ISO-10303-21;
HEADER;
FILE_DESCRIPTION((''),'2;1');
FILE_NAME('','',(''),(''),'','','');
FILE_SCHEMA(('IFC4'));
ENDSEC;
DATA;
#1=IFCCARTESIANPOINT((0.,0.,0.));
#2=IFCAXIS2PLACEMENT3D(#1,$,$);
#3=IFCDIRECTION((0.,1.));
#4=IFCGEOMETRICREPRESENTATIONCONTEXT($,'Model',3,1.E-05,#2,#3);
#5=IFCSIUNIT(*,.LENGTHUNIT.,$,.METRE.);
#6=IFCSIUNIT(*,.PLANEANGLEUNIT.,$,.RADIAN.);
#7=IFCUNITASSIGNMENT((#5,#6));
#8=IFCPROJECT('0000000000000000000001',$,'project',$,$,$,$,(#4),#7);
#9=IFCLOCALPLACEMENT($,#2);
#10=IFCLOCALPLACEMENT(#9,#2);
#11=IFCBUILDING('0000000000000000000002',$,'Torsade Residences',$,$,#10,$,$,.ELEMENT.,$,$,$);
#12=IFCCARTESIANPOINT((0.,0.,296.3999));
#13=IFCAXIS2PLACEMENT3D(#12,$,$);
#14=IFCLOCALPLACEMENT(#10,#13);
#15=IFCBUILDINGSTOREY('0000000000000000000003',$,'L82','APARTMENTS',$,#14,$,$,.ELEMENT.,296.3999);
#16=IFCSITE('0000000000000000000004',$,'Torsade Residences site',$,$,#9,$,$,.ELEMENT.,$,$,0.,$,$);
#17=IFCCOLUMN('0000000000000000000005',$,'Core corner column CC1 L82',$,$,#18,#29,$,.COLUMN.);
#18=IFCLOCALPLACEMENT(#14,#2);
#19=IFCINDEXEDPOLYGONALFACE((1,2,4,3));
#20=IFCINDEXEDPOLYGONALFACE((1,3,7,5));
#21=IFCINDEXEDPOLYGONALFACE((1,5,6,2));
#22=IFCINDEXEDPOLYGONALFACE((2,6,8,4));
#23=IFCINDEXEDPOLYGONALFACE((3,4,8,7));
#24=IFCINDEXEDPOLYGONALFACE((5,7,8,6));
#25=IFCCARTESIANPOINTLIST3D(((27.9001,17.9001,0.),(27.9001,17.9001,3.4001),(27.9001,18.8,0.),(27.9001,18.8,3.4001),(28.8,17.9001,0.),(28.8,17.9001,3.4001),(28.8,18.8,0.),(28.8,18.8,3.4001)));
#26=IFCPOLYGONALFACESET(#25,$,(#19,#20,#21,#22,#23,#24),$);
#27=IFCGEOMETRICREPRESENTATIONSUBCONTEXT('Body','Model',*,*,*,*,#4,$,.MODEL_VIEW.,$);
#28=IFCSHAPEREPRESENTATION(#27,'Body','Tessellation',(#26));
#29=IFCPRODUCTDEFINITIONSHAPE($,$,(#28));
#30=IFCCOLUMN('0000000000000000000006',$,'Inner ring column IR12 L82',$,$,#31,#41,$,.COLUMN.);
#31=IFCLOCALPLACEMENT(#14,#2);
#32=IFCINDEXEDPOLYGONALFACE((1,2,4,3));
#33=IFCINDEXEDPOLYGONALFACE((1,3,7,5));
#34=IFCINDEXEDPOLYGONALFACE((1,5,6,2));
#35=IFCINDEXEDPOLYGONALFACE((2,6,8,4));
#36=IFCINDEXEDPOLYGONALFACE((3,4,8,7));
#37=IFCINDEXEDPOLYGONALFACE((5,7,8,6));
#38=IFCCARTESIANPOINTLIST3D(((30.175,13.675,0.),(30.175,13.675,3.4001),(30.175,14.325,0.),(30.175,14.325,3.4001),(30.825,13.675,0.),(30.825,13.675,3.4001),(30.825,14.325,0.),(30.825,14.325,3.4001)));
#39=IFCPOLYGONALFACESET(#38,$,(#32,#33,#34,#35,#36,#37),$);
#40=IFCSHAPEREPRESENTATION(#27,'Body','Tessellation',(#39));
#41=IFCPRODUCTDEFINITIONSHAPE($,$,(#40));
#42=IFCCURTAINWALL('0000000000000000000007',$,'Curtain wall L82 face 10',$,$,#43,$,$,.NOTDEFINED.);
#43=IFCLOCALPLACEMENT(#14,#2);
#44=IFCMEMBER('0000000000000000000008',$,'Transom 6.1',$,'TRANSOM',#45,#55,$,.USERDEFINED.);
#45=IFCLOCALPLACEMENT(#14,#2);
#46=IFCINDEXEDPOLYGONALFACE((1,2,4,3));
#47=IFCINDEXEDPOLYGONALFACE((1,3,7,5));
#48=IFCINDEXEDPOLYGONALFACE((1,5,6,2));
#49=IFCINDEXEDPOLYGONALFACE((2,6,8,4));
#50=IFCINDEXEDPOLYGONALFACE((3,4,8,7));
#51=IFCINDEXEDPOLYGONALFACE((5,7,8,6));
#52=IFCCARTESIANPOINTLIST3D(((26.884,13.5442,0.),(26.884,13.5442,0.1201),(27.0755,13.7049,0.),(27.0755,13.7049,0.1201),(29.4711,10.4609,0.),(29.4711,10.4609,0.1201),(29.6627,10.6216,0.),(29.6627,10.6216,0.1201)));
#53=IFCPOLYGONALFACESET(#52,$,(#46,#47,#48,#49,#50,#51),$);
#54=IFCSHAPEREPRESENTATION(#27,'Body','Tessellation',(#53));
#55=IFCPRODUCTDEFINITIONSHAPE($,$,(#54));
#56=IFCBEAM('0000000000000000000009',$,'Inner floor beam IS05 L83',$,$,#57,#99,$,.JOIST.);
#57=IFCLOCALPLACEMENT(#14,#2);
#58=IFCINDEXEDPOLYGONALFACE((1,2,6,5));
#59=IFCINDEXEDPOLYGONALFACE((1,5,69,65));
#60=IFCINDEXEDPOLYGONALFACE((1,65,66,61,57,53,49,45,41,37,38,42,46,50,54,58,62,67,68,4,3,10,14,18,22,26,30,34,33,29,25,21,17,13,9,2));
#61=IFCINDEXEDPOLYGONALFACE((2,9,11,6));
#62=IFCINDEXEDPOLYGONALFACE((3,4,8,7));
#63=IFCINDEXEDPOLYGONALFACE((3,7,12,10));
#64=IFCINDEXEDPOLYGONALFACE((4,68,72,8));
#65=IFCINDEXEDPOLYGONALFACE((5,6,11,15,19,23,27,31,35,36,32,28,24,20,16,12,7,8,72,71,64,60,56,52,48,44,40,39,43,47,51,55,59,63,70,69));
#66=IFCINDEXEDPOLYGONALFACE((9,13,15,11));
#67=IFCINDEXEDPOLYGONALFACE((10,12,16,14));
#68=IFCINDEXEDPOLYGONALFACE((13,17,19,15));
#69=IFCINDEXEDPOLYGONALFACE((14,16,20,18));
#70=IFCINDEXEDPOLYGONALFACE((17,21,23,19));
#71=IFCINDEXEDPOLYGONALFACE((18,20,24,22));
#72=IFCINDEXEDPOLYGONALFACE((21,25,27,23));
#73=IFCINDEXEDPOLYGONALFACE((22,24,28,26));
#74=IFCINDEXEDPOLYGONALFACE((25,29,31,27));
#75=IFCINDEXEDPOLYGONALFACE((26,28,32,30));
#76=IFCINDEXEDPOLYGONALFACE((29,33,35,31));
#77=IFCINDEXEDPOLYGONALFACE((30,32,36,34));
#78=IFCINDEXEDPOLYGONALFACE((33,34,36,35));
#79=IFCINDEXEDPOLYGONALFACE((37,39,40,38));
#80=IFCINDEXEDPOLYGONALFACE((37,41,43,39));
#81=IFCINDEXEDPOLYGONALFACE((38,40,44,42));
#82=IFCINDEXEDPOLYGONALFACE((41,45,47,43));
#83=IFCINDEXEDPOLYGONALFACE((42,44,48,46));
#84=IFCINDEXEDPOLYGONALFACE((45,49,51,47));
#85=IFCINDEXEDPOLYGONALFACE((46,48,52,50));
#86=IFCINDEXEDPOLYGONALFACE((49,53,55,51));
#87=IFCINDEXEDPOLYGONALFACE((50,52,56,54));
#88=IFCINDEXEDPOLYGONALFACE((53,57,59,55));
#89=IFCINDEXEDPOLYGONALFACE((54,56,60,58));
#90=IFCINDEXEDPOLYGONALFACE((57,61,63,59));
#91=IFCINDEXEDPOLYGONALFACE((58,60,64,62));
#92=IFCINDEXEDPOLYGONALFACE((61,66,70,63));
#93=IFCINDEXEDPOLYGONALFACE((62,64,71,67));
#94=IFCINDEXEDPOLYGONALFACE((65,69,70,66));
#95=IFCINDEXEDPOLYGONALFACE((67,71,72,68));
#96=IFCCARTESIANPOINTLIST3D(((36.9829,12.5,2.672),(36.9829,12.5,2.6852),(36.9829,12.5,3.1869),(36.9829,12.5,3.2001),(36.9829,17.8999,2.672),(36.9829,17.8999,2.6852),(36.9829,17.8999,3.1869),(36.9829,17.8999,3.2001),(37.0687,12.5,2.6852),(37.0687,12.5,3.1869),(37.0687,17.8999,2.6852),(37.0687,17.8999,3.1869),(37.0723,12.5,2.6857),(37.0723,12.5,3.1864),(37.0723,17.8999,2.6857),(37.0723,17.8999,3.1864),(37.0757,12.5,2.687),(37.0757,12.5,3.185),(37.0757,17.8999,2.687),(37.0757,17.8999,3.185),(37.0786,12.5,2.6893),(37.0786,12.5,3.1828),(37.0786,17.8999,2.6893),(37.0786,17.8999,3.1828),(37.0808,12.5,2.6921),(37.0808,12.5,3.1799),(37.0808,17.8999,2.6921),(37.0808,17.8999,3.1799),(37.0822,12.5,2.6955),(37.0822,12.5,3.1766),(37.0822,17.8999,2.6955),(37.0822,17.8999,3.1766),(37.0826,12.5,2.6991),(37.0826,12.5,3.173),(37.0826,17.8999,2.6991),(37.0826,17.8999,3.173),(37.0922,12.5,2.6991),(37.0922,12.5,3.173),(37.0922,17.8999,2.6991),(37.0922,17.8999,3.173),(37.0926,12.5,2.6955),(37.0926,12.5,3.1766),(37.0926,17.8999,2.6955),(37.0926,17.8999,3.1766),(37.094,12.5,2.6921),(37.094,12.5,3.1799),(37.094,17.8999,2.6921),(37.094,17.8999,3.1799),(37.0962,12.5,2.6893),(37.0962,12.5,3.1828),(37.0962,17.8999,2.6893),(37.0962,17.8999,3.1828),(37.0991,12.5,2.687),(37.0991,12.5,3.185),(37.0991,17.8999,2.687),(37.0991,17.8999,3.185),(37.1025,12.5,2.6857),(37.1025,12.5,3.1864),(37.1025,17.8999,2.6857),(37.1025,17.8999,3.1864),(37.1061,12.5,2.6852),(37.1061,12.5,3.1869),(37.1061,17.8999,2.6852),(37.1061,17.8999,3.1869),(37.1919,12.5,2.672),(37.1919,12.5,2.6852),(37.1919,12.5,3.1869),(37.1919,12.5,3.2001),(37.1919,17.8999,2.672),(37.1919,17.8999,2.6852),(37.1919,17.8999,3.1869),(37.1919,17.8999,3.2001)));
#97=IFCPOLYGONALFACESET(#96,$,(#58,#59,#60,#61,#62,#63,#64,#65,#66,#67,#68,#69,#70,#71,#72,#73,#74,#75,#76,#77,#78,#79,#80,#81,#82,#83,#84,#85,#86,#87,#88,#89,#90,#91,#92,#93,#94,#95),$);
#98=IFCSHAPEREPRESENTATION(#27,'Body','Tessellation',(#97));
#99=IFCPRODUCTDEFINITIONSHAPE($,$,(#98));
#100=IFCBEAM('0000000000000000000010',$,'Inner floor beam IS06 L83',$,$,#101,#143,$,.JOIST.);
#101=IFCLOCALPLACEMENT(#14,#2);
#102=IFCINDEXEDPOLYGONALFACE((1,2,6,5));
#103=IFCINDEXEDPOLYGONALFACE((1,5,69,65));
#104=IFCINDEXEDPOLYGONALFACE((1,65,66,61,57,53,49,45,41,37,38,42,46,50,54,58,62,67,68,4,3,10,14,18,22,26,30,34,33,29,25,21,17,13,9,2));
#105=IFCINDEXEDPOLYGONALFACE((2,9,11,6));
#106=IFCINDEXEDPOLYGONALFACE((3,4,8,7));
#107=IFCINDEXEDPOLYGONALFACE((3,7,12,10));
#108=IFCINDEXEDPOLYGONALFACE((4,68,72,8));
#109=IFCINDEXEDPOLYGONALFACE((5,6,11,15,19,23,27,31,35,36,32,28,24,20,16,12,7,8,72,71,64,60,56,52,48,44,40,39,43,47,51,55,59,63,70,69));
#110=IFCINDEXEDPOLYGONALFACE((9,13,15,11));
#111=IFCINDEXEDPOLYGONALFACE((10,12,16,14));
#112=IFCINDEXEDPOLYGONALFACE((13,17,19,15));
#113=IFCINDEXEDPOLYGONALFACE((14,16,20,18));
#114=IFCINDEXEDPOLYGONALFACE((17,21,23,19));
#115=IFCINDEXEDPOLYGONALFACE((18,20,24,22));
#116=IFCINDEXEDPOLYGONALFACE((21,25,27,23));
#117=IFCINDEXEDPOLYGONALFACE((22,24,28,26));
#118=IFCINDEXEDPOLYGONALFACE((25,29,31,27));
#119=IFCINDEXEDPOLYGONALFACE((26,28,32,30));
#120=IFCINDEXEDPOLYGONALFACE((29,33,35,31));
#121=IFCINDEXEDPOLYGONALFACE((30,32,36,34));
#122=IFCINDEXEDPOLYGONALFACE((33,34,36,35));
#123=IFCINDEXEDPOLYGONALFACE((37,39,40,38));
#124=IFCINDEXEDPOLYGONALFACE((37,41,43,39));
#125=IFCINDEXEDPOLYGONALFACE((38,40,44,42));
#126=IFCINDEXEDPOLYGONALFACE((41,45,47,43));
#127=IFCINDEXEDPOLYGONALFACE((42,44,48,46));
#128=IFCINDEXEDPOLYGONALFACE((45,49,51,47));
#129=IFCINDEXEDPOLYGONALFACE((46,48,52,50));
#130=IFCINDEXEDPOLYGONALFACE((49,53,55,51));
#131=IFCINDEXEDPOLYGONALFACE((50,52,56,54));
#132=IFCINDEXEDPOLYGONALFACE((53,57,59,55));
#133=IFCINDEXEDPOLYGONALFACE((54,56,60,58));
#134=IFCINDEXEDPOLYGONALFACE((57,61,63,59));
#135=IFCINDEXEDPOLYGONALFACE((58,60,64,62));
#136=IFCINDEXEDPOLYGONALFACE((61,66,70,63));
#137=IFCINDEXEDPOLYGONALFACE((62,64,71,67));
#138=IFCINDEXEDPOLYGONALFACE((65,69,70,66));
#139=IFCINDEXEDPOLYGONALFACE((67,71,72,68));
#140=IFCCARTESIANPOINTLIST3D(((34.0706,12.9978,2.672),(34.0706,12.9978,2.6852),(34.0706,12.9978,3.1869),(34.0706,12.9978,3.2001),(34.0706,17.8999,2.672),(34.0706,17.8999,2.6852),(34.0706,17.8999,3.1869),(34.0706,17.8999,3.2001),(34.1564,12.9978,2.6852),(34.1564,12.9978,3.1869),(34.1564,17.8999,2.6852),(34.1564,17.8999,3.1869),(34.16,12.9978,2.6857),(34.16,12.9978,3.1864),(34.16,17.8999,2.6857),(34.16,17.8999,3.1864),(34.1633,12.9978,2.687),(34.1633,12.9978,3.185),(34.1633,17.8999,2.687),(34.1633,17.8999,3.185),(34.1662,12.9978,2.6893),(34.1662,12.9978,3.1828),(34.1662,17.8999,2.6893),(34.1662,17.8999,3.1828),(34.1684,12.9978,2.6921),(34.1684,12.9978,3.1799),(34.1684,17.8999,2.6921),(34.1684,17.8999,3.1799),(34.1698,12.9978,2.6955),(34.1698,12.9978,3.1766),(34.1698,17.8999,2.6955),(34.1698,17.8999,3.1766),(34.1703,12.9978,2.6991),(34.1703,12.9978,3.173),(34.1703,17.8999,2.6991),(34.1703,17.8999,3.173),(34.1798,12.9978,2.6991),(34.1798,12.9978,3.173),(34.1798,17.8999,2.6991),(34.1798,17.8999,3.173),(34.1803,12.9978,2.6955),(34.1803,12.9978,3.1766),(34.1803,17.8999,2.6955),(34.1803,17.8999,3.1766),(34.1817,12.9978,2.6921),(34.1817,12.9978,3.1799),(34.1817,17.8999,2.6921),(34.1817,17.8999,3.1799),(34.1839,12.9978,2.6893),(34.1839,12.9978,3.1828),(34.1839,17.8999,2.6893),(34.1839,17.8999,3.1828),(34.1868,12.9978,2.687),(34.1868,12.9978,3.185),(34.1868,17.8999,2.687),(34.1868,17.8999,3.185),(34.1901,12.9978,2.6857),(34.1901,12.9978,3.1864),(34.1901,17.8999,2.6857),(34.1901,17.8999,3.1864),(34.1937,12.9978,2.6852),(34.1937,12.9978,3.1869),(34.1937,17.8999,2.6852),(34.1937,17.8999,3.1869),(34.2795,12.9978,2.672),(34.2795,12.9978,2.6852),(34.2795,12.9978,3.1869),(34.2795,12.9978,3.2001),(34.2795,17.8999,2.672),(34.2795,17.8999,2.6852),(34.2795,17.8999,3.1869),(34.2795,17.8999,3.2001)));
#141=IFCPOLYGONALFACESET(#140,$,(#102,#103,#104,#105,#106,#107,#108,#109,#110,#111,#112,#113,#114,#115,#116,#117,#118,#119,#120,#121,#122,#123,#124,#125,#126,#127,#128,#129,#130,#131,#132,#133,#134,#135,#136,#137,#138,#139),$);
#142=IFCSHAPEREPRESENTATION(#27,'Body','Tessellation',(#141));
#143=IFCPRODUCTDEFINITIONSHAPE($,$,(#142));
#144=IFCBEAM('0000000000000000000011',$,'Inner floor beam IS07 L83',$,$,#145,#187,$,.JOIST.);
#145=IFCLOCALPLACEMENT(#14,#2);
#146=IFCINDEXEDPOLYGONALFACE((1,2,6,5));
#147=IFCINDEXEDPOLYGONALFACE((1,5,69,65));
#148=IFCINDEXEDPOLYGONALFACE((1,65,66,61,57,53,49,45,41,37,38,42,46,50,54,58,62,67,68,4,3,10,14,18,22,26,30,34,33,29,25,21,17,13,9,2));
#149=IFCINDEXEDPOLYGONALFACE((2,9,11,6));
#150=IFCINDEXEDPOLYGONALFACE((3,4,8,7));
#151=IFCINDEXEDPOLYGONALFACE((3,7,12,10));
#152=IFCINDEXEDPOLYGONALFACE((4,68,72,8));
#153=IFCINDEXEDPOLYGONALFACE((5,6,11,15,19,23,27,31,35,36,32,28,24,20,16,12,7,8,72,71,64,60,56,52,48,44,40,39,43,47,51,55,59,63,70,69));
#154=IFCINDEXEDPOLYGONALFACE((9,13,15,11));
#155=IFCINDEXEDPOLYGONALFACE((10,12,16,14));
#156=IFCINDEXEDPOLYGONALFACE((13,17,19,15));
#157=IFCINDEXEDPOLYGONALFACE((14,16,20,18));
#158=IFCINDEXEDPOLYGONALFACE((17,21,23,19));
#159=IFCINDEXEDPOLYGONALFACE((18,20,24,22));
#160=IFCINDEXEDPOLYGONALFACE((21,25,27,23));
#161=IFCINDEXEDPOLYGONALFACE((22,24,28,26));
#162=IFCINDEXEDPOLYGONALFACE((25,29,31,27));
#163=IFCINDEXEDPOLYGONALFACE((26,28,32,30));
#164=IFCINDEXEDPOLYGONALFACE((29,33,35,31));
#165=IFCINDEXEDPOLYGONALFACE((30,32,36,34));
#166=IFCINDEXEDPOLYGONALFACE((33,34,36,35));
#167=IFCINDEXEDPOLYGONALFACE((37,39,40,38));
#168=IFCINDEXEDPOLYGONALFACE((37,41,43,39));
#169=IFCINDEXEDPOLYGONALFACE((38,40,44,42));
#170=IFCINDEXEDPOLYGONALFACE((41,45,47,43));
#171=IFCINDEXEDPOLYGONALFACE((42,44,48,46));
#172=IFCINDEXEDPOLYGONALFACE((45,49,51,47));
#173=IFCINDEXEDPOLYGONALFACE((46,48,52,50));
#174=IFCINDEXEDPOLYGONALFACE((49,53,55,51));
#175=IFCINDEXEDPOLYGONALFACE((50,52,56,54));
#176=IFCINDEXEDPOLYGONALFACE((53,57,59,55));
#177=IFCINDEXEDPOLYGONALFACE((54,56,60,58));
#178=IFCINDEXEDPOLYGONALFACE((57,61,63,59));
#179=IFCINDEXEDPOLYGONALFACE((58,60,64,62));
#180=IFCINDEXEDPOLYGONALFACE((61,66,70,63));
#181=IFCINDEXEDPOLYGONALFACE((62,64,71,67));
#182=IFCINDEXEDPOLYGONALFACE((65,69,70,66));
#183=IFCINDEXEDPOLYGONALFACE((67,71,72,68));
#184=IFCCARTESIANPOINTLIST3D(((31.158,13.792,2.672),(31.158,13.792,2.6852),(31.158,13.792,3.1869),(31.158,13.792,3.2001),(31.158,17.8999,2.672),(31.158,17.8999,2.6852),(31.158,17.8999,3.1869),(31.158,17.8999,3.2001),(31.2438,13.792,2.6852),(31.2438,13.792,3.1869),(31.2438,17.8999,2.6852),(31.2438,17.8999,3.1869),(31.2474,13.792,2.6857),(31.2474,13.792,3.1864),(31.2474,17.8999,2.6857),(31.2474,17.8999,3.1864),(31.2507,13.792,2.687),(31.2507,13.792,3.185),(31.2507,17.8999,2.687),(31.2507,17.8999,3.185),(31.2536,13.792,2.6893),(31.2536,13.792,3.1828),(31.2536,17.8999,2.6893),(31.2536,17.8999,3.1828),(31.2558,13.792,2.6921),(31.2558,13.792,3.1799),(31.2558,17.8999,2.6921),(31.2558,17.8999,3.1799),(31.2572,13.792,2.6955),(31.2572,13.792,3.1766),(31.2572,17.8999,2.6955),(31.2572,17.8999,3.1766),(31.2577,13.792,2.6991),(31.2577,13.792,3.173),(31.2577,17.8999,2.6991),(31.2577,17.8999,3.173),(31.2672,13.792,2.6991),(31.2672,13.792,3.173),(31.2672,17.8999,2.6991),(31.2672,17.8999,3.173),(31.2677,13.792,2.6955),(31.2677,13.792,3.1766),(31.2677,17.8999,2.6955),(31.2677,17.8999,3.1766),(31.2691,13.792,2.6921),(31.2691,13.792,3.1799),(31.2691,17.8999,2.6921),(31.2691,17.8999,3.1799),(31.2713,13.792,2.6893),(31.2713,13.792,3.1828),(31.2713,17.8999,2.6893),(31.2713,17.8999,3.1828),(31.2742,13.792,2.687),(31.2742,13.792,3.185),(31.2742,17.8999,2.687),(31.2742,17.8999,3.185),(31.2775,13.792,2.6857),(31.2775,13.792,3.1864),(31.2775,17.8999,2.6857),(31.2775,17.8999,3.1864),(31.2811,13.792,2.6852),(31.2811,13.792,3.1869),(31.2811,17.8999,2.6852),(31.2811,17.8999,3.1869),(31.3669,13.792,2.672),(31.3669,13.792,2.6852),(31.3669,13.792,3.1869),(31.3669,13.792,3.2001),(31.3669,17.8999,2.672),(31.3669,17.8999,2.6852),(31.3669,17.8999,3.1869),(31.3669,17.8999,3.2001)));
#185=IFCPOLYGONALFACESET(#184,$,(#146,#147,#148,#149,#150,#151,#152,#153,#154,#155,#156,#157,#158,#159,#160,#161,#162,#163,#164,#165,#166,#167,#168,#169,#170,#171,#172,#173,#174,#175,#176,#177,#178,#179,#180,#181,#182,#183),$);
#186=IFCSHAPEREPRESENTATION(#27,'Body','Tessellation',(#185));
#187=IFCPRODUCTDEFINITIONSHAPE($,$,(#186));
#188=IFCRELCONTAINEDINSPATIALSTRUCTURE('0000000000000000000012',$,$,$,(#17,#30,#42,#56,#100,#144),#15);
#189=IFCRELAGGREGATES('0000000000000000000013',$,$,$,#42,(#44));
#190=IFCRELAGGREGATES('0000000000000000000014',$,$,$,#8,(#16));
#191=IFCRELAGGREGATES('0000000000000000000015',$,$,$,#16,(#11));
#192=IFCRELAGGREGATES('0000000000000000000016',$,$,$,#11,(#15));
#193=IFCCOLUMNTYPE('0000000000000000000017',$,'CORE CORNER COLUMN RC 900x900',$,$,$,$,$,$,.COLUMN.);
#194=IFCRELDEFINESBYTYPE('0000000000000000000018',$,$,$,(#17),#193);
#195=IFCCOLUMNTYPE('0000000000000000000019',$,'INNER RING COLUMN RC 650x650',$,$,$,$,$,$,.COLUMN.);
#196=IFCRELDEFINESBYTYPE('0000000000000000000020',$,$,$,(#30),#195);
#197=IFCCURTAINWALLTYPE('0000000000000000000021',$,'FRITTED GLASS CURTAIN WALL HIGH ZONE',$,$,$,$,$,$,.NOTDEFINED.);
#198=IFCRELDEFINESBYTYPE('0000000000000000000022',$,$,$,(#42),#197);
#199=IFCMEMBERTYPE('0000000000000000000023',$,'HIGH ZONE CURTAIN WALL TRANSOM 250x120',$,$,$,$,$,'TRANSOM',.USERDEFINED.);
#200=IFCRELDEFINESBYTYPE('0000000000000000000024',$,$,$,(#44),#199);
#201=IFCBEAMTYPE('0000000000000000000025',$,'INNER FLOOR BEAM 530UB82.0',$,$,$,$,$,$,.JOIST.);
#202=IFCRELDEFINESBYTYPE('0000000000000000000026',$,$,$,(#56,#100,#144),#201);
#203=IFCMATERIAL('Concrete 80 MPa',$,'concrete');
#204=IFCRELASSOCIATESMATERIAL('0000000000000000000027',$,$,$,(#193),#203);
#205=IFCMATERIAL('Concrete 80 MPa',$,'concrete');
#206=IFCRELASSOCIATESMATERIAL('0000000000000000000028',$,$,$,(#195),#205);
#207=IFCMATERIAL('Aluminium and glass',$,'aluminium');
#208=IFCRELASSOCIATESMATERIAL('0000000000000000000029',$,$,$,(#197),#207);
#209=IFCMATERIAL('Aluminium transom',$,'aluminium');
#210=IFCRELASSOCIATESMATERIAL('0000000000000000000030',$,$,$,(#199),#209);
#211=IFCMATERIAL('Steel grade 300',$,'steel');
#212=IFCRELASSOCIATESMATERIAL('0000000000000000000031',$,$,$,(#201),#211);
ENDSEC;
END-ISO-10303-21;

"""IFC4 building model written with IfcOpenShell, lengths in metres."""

from ifc_helpers import new_model, si_unit, direction, frame, origin, origin_2d, place, context, subcontext, project, spatial, rectangle, i_section, extrude, material, material_profile, profile_set, type_object, element, aggregate, save


model = new_model("IFC4")

# Units and contexts
model_context = context("Model", 3, precision=1e-05, world=origin(), true_north=direction((0.0, 1.0)))
body_context = subcontext(model_context, "Body", "Model", "MODEL_VIEW")
ifc_project = project(units=[si_unit("LENGTHUNIT", "METRE"), si_unit("PLANEANGLEUNIT", "RADIAN")], contexts=[model_context])

# Site, building, storey
site_placement = place(None, origin())
site = spatial("IfcSite", under=ifc_project, at=site_placement, Name="Torsade Residences site", CompositionType="ELEMENT", RefElevation=0.0)
building_placement = place(site_placement, origin())
building = spatial("IfcBuilding", under=site, at=building_placement, Name="Torsade Residences", CompositionType="ELEMENT")
storey_placement = place(building_placement, frame((0.0, 0.0, 296.3999)))
storey = spatial("IfcBuildingStorey", under=building, at=storey_placement, Name="L82", Description="APARTMENTS", CompositionType="ELEMENT", Elevation=296.3999)

# Columns
ifc_material_1 = material(Name="Concrete 80 MPa", Category="concrete")
ifc_material_profile_1 = material_profile(ifc_material_1, rectangle(XDim=0.8999, YDim=0.8999, at=origin_2d()), Name="RC 900x900")
ifc_profile_set_1 = profile_set([ifc_material_profile_1], Name="Concrete 80 MPa")
column_type_1 = type_object("IfcColumnType", Name="CORE CORNER COLUMN RC 900x900", PredefinedType="COLUMN", material=ifc_profile_set_1)
column_1_placement = place(storey_placement, frame((28.3501, 18.3501, 0.0), z_axis=(0.0, 0.0, 1.0), x_axis=(1.0, 0.0, 0.0)))
element("IfcColumn", 1, at=column_1_placement, inside=storey, type_object=column_type_1, Name="Core corner column CC1 L82", PredefinedType="COLUMN", context=body_context, shape_type="SweptSolid", body=[
    extrude(rectangle(XDim=0.8999, YDim=0.8999, at=origin_2d()), origin(), (0.0, 0.0, 1.0), 3.4001),
])
ifc_material_2 = material(Name="Concrete 80 MPa", Category="concrete")
ifc_material_profile_2 = material_profile(ifc_material_2, rectangle(XDim=0.6499, YDim=0.6499, at=origin_2d()), Name="RC 650x650")
ifc_profile_set_2 = profile_set([ifc_material_profile_2], Name="Concrete 80 MPa")
column_type_2 = type_object("IfcColumnType", Name="INNER RING COLUMN RC 650x650", PredefinedType="COLUMN", material=ifc_profile_set_2)
column_2_placement = place(storey_placement, frame((30.5, 14.0, 0.0), z_axis=(0.0, 0.0, 1.0), x_axis=(1.0, 0.0, 0.0)))
element("IfcColumn", 2, at=column_2_placement, inside=storey, type_object=column_type_2, Name="Inner ring column IR12 L82", PredefinedType="COLUMN", context=body_context, shape_type="SweptSolid", body=[
    extrude(rectangle(XDim=0.6499, YDim=0.6499, at=origin_2d()), origin(), (0.0, 0.0, 1.0), 3.4001),
])

# Curtain wall, member
ifc_material_3 = material(Name="Aluminium and glass", Category="aluminium")
curtain_wall_type = type_object("IfcCurtainWallType", Name="FRITTED GLASS CURTAIN WALL HIGH ZONE", PredefinedType="NOTDEFINED", material=ifc_material_3)
curtain_wall_placement = place(storey_placement, origin())
curtain_wall = element("IfcCurtainWall", 3, at=curtain_wall_placement, inside=storey, type_object=curtain_wall_type, Name="Curtain wall L82 face 10", PredefinedType="NOTDEFINED")
ifc_material_4 = material(Name="Aluminium transom", Category="aluminium")
ifc_material_profile_3 = material_profile(ifc_material_4, rectangle(XDim=0.25, YDim=0.1201, at=origin_2d()), Name="HIGH ZONE CURTAIN WALL TRANSOM 250x120")
ifc_profile_set_3 = profile_set([ifc_material_profile_3], Name="Aluminium transom")
member_type = type_object("IfcMemberType", Name="HIGH ZONE CURTAIN WALL TRANSOM 250x120", ElementType="TRANSOM", PredefinedType="USERDEFINED", material=ifc_profile_set_3)
member_placement = place(storey_placement, frame((26.9797, 13.6245, 0.0601), z_axis=(0.642788, -0.766044, 0.0), x_axis=(0.766044, 0.642788, 0.0)))
member = element("IfcMember", 4, at=member_placement, type_object=member_type, Name="Transom 6.1", ObjectType="TRANSOM", PredefinedType="USERDEFINED", context=body_context, shape_type="SweptSolid", body=[
    extrude(rectangle(XDim=0.25, YDim=0.1201, at=origin_2d()), origin(), (0.0, 0.0, 1.0), 4.0249),
])
aggregate(curtain_wall, [member])

# Beams
ifc_material_5 = material(Name="Steel grade 300", Category="steel")
ifc_material_profile_4 = material_profile(ifc_material_5, i_section(OverallWidth=0.209, OverallDepth=0.5281, WebThickness=0.0095, FlangeThickness=0.0132, FilletRadius=0.0139, at=origin_2d()), Name="530UB82.0")
ifc_profile_set_4 = profile_set([ifc_material_profile_4], Name="Steel grade 300")
beam_type_1 = type_object("IfcBeamType", Name="INNER FLOOR BEAM 530UB82.0", PredefinedType="JOIST", material=ifc_profile_set_4)
beam_1_placement = place(storey_placement, frame((37.0874, 17.8999, 2.936), z_axis=(0.0, -1.0, 0.0), x_axis=(1.0, 0.0, 0.0)))
element("IfcBeam", 5, at=beam_1_placement, inside=storey, type_object=beam_type_1, Name="Inner floor beam IS05 L83", PredefinedType="JOIST", context=body_context, shape_type="SweptSolid", body=[
    extrude(i_section(OverallWidth=0.209, OverallDepth=0.5281, WebThickness=0.0095, FlangeThickness=0.0132, FilletRadius=0.0139, at=origin_2d()), origin(), (0.0, 0.0, 1.0), 5.3999),
])
beam_2_placement = place(storey_placement, frame((34.175, 17.8999, 2.936), z_axis=(0.0, -1.0, 0.0), x_axis=(1.0, 0.0, 0.0)))
element("IfcBeam", 6, at=beam_2_placement, inside=storey, type_object=beam_type_1, Name="Inner floor beam IS06 L83", PredefinedType="JOIST", context=body_context, shape_type="SweptSolid", body=[
    extrude(i_section(OverallWidth=0.209, OverallDepth=0.5281, WebThickness=0.0095, FlangeThickness=0.0132, FilletRadius=0.0139, at=origin_2d()), origin(), (0.0, 0.0, 1.0), 4.9021),
])
beam_3_placement = place(storey_placement, frame((31.2625, 17.8999, 2.936), z_axis=(0.0, -1.0, 0.0), x_axis=(1.0, 0.0, 0.0)))
element("IfcBeam", 7, at=beam_3_placement, inside=storey, type_object=beam_type_1, Name="Inner floor beam IS07 L83", PredefinedType="JOIST", context=body_context, shape_type="SweptSolid", body=[
    extrude(i_section(OverallWidth=0.209, OverallDepth=0.5281, WebThickness=0.0095, FlangeThickness=0.0132, FilletRadius=0.0139, at=origin_2d()), origin(), (0.0, 0.0, 1.0), 4.1079),
])

save(model, "model.ifc")
